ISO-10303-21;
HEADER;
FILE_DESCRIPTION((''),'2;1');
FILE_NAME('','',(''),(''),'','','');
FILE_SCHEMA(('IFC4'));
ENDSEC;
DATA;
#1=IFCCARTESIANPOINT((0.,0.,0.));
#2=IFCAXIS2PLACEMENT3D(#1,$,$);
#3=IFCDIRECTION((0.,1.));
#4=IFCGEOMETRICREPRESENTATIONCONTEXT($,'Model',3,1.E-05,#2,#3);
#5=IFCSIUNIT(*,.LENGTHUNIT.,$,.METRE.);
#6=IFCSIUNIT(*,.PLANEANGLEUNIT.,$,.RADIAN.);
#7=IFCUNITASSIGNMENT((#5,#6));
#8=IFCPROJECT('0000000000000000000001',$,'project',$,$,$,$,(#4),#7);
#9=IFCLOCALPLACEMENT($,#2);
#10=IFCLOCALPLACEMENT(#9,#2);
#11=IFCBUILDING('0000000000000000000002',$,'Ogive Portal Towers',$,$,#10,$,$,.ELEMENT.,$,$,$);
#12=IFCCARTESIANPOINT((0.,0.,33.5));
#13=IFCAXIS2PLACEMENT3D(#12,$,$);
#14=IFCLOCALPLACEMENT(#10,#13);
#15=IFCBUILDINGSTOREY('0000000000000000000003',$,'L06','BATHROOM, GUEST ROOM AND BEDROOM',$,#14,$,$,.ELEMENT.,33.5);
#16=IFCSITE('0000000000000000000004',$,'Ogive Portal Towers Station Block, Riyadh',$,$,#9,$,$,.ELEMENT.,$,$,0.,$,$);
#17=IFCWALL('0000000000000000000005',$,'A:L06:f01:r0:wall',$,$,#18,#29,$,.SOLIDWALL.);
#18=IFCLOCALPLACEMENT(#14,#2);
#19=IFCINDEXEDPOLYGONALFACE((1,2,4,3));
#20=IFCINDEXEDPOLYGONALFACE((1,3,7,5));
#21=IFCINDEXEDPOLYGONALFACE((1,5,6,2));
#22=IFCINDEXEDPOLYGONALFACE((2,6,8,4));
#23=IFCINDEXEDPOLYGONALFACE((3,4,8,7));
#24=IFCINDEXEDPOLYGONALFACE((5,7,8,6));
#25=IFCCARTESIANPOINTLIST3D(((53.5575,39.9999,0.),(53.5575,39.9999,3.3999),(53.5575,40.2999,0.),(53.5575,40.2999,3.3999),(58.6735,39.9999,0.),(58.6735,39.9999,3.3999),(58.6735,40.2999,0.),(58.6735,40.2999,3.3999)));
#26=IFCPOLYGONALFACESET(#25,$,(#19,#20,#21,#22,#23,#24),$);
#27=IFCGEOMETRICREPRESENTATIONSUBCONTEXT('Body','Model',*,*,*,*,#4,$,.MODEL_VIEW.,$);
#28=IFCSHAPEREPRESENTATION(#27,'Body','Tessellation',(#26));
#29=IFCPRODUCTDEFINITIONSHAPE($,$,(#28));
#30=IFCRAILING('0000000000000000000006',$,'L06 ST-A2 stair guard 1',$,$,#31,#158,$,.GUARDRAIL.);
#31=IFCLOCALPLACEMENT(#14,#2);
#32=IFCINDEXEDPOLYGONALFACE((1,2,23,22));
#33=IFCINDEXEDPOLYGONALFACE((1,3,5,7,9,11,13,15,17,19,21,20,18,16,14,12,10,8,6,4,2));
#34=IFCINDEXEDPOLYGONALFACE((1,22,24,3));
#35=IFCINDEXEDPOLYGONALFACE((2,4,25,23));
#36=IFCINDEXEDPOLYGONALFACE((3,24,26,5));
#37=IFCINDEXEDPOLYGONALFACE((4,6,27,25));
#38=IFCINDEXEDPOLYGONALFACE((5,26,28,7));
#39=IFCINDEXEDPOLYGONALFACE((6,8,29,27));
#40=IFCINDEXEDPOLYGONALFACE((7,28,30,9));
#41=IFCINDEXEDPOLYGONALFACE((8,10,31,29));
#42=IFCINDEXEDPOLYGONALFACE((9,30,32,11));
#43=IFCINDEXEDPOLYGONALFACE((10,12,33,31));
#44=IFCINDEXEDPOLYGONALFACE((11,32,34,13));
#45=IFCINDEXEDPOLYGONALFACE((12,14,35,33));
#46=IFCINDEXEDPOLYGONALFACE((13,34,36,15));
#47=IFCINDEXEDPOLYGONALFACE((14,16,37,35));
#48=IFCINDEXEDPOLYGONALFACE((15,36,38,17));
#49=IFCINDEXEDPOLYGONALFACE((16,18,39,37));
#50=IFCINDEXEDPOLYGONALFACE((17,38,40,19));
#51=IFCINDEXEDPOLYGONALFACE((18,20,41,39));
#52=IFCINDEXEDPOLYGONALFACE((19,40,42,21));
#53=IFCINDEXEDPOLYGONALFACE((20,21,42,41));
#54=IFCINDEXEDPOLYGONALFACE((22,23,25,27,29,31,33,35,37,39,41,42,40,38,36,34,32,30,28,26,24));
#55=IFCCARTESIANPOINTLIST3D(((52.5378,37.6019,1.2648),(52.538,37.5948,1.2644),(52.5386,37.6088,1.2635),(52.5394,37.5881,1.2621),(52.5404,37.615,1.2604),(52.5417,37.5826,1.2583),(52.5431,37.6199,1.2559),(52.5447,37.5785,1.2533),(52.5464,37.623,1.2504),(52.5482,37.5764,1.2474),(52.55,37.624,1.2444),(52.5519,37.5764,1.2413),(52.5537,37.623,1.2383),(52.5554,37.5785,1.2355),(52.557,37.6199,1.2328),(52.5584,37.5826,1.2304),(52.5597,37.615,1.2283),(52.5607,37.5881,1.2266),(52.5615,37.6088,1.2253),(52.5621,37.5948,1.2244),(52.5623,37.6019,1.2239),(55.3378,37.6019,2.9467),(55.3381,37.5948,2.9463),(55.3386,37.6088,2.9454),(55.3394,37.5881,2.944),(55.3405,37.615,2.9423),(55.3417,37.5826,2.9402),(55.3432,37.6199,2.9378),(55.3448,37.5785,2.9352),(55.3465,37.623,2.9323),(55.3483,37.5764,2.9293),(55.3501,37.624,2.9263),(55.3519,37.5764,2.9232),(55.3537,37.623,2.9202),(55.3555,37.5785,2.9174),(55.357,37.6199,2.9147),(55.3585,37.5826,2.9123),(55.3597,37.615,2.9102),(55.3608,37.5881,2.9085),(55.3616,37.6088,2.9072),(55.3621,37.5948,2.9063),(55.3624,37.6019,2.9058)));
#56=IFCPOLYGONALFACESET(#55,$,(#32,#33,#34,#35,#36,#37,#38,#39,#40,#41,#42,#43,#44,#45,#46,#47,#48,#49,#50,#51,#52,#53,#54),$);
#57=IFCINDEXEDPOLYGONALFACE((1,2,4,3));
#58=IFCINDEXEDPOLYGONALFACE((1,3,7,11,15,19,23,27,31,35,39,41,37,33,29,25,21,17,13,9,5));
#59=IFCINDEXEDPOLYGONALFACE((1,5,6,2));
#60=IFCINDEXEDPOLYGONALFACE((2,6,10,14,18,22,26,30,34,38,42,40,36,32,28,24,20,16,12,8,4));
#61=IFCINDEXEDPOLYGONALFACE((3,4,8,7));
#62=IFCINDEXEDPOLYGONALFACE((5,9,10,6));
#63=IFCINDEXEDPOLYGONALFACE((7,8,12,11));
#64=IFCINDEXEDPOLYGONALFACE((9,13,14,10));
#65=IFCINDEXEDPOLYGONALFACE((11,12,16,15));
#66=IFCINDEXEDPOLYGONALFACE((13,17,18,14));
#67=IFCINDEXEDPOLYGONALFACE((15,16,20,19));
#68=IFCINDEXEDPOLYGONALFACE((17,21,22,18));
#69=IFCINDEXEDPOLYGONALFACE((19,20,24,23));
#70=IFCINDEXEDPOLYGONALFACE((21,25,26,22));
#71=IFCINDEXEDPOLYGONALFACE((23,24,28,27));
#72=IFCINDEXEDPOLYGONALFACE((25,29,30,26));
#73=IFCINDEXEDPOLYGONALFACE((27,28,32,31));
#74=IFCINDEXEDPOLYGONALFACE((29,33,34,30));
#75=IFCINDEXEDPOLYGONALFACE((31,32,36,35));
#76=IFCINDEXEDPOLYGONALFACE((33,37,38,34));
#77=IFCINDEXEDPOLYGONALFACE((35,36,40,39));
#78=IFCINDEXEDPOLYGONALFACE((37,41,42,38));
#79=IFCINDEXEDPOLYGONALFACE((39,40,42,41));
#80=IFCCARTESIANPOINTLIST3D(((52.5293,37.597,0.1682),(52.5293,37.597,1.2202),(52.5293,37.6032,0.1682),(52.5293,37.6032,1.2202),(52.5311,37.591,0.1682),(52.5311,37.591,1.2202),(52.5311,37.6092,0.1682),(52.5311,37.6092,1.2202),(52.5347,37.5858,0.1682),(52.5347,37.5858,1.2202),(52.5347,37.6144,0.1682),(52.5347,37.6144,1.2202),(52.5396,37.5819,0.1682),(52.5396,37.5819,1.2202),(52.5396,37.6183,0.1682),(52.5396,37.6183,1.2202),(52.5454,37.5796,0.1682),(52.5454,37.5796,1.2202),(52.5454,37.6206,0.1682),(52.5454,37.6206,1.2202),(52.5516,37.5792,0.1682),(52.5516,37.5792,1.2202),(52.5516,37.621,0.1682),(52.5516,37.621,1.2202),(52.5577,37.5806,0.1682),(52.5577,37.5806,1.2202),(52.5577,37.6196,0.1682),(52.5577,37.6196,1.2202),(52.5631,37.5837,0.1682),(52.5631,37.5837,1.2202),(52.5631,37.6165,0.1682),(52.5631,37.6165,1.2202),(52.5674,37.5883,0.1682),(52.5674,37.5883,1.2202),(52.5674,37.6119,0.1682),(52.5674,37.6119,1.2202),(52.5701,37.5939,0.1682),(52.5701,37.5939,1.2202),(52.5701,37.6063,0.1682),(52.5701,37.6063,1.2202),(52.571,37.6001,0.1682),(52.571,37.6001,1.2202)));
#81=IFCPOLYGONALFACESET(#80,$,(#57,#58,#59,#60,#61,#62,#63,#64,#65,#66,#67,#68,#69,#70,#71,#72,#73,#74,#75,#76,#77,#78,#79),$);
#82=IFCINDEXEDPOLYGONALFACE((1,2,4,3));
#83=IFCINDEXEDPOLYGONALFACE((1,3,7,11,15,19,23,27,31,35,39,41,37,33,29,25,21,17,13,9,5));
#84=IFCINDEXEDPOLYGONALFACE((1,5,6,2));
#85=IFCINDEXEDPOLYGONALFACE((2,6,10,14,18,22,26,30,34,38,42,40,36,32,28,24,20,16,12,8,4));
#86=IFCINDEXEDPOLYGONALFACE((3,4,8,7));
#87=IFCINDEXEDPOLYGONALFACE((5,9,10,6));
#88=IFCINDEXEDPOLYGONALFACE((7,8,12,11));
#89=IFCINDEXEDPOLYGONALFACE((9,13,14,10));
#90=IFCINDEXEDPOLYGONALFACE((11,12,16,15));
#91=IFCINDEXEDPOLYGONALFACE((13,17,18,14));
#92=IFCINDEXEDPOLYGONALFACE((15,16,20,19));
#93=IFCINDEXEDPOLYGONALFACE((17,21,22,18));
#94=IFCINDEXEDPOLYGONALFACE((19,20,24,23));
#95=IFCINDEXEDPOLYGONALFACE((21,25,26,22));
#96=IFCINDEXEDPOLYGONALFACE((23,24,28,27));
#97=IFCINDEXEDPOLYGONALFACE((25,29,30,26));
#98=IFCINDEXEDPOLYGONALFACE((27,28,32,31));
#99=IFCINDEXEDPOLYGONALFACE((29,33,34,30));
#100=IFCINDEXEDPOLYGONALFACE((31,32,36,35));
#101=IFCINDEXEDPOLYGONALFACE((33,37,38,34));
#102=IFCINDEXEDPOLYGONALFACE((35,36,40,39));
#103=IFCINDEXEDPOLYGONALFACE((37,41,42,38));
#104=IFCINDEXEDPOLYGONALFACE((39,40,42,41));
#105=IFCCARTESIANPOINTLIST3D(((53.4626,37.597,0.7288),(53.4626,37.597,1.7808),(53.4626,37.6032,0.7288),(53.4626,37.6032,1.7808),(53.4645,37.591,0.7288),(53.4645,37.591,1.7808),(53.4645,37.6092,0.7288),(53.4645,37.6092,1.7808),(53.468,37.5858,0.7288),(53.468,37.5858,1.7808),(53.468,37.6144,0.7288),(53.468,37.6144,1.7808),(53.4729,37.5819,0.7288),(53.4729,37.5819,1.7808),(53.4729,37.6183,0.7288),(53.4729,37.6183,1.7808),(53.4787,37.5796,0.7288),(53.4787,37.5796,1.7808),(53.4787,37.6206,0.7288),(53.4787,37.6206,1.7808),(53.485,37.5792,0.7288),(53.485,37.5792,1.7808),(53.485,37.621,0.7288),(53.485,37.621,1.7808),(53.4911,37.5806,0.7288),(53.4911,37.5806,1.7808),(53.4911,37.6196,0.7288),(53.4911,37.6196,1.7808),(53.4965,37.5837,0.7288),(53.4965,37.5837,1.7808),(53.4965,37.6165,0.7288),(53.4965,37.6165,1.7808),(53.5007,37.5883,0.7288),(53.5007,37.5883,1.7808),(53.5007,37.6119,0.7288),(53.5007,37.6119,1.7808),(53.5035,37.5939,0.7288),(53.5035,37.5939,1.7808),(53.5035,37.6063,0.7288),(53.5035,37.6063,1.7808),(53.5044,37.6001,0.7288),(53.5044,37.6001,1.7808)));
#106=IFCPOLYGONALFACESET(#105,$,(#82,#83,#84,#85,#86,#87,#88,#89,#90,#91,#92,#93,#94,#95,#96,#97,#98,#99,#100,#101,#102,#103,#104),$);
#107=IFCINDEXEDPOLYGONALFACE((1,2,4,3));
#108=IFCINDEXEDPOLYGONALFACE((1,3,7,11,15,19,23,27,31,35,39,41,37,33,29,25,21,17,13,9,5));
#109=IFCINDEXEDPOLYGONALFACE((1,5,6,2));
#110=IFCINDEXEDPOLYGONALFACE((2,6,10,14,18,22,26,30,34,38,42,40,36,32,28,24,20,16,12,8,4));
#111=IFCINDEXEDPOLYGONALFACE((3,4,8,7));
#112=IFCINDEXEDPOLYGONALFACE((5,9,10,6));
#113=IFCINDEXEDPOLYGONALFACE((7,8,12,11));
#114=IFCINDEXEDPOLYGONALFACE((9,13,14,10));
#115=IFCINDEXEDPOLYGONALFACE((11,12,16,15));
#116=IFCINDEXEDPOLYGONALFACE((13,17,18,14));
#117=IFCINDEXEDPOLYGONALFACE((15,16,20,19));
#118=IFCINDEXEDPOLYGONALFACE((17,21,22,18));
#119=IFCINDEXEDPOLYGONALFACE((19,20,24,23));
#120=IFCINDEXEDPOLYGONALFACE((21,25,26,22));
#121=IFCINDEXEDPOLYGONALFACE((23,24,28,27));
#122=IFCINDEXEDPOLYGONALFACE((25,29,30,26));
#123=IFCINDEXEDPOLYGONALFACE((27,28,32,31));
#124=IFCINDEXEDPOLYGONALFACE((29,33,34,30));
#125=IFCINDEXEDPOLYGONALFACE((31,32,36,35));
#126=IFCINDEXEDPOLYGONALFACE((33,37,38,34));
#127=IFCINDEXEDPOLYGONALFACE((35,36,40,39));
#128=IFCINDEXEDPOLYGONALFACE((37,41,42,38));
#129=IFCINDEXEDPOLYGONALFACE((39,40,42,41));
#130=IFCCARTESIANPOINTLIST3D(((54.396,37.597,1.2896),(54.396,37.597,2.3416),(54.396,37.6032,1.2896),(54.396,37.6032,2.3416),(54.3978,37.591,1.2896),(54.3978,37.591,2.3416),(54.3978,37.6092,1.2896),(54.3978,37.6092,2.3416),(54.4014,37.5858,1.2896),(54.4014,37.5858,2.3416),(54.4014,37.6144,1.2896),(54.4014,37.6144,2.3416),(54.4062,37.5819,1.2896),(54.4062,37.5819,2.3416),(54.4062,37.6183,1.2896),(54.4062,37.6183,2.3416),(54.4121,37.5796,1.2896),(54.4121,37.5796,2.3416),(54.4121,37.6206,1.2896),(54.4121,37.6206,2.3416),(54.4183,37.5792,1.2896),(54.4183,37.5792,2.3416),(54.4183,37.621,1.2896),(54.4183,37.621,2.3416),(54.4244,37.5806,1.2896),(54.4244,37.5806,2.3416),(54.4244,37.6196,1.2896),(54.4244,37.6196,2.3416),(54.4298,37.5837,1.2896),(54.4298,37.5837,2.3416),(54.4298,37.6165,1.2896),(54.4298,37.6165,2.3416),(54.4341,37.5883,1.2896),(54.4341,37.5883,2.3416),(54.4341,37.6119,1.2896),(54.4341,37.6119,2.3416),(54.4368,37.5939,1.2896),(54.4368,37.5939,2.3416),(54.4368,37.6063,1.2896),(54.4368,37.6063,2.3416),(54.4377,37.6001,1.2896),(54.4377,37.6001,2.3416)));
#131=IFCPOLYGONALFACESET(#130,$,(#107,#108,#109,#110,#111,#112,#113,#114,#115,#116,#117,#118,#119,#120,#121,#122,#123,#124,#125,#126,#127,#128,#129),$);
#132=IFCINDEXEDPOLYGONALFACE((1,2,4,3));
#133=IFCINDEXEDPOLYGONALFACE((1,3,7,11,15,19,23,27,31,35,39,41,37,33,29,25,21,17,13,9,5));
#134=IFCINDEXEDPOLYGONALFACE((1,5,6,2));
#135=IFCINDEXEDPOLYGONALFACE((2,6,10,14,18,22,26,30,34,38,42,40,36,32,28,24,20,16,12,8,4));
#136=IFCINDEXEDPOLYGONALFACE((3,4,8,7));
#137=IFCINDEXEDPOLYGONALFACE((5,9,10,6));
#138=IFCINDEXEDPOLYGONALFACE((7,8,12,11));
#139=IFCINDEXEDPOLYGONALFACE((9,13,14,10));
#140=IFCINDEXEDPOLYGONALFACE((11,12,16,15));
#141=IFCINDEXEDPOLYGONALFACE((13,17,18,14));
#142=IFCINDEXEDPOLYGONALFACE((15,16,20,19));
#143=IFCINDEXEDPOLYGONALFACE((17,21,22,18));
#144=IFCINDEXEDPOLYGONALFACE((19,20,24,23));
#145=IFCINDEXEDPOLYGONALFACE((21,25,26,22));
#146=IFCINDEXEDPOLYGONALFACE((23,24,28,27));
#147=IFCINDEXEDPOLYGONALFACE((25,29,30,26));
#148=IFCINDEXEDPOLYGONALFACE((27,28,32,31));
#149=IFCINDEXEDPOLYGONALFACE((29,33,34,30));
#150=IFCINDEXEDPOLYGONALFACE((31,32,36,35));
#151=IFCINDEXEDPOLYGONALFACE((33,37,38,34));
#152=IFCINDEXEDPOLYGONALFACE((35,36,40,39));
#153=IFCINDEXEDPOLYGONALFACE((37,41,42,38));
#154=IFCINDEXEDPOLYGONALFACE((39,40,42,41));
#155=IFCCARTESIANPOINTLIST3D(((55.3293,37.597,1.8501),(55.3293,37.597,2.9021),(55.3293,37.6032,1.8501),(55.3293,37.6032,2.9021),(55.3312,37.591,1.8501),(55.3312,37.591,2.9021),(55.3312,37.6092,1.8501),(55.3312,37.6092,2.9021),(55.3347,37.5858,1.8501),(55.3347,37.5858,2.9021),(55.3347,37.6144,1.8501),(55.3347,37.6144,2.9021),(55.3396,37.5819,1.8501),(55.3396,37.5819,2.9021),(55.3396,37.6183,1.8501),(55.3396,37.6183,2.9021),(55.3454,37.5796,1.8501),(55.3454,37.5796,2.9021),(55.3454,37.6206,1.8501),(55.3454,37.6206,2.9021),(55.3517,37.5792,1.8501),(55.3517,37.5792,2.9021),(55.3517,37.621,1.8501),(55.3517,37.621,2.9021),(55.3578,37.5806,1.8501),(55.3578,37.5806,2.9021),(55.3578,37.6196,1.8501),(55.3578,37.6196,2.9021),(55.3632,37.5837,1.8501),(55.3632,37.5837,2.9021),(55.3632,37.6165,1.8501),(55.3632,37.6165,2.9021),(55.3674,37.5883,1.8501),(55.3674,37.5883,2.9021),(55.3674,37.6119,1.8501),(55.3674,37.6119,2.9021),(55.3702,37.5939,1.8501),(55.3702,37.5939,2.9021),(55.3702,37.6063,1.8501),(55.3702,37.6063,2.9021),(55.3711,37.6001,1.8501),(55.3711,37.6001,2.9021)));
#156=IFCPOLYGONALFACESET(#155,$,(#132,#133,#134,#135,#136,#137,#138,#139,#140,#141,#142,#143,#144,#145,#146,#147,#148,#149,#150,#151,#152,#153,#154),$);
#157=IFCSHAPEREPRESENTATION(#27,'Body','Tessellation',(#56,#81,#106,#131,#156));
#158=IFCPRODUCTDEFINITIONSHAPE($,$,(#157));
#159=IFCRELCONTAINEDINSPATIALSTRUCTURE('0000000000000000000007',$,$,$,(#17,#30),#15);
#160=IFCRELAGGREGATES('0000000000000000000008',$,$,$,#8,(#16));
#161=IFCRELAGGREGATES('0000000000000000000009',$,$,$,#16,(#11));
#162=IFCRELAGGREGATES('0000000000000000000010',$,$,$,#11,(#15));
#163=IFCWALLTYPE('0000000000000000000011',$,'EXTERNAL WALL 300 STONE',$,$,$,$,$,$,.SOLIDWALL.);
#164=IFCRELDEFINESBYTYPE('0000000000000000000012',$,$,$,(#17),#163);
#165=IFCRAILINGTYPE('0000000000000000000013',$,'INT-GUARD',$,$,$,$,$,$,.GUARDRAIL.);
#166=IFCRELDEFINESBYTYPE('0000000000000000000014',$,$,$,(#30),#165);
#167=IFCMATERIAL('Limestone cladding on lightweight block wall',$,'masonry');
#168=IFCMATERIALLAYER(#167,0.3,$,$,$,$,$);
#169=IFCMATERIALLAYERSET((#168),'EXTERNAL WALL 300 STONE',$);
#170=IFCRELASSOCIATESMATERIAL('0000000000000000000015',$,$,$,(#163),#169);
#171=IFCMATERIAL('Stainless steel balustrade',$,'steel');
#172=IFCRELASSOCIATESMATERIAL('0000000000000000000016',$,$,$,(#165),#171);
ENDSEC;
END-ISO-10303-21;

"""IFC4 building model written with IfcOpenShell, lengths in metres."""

from ifc_helpers import new_model, si_unit, direction, frame, frame_2d, origin, origin_2d, place, context, subcontext, project, spatial, rectangle, circle, extrude, material, layer, layer_set, type_object, element, save


model = new_model("IFC4")

# Units and contexts
model_context = context("Model", 3, precision=1e-05, world=origin(), true_north=direction((0.0, 1.0)))
body_context = subcontext(model_context, "Body", "Model", "MODEL_VIEW")
ifc_project = project(units=[si_unit("LENGTHUNIT", "METRE"), si_unit("PLANEANGLEUNIT", "RADIAN")], contexts=[model_context])

# Site, building, storey
site_placement = place(None, origin())
site = spatial("IfcSite", under=ifc_project, at=site_placement, Name="Ogive Portal Towers Station Block, Riyadh", CompositionType="ELEMENT", RefElevation=0.0)
building_placement = place(site_placement, origin())
building = spatial("IfcBuilding", under=site, at=building_placement, Name="Ogive Portal Towers", CompositionType="ELEMENT")
storey_placement = place(building_placement, frame((0.0, 0.0, 33.5)))
storey = spatial("IfcBuildingStorey", under=building, at=storey_placement, Name="L06", Description="BATHROOM, GUEST ROOM AND BEDROOM", CompositionType="ELEMENT", Elevation=33.5)

# Wall
ifc_material_1 = material(Name="Limestone cladding on lightweight block wall", Category="masonry")
ifc_layer_1 = layer(ifc_material_1, 0.3)
ifc_layer_set_1 = layer_set([ifc_layer_1], Name="EXTERNAL WALL 300 STONE")
wall_type = type_object("IfcWallType", Name="EXTERNAL WALL 300 STONE", PredefinedType="SOLIDWALL", material=ifc_layer_set_1)
wall_placement = place(storey_placement, frame((58.6736, 40.1499, 0.0), z_axis=(0.0, 0.0, 1.0), x_axis=(-1.0, 0.0, 0.0)))
element("IfcWall", 1, at=wall_placement, inside=storey, type_object=wall_type, Name="A:L06:f01:r0:wall", PredefinedType="SOLIDWALL", context=body_context, shape_type="SweptSolid", body=[
    extrude(rectangle(XDim=5.116, YDim=0.3, at=frame_2d((2.5581, 0.0))), origin(), (0.0, 0.0, 1.0), 3.3999),
])

# Railing
ifc_material_2 = material(Name="Stainless steel balustrade", Category="steel")
railing_type_1 = type_object("IfcRailingType", Name="INT-GUARD", PredefinedType="GUARDRAIL", material=ifc_material_2)
railing_1_placement = place(storey_placement, frame((52.55, 37.6001, 0.1682)))
element("IfcRailing", 2, at=railing_1_placement, inside=storey, type_object=railing_type_1, Name="L06 ST-A2 stair guard 1", PredefinedType="GUARDRAIL", context=body_context, shape_type="SweptSolid", body=[
    extrude(circle(Radius=0.0239, at=origin_2d()), frame((0.0, 0.0, 1.0762), z_axis=(0.857242, 0.0, 0.514913), x_axis=(0.0, 1.0, 0.0)), (0.0, 0.0, 1.0), 3.2664),
    extrude(circle(Radius=0.021, at=origin_2d()), origin(), (0.0, 0.0, 1.0), 1.052),
    extrude(circle(Radius=0.021, at=origin_2d()), frame((0.9333, 0.0, 0.5605)), (0.0, 0.0, 1.0), 1.052),
    extrude(circle(Radius=0.021, at=origin_2d()), frame((1.8667, 0.0, 1.1213)), (0.0, 0.0, 1.0), 1.052),
    extrude(circle(Radius=0.021, at=origin_2d()), frame((2.8, 0.0, 1.6819)), (0.0, 0.0, 1.0), 1.052),
])

save(model, "model.ifc")
